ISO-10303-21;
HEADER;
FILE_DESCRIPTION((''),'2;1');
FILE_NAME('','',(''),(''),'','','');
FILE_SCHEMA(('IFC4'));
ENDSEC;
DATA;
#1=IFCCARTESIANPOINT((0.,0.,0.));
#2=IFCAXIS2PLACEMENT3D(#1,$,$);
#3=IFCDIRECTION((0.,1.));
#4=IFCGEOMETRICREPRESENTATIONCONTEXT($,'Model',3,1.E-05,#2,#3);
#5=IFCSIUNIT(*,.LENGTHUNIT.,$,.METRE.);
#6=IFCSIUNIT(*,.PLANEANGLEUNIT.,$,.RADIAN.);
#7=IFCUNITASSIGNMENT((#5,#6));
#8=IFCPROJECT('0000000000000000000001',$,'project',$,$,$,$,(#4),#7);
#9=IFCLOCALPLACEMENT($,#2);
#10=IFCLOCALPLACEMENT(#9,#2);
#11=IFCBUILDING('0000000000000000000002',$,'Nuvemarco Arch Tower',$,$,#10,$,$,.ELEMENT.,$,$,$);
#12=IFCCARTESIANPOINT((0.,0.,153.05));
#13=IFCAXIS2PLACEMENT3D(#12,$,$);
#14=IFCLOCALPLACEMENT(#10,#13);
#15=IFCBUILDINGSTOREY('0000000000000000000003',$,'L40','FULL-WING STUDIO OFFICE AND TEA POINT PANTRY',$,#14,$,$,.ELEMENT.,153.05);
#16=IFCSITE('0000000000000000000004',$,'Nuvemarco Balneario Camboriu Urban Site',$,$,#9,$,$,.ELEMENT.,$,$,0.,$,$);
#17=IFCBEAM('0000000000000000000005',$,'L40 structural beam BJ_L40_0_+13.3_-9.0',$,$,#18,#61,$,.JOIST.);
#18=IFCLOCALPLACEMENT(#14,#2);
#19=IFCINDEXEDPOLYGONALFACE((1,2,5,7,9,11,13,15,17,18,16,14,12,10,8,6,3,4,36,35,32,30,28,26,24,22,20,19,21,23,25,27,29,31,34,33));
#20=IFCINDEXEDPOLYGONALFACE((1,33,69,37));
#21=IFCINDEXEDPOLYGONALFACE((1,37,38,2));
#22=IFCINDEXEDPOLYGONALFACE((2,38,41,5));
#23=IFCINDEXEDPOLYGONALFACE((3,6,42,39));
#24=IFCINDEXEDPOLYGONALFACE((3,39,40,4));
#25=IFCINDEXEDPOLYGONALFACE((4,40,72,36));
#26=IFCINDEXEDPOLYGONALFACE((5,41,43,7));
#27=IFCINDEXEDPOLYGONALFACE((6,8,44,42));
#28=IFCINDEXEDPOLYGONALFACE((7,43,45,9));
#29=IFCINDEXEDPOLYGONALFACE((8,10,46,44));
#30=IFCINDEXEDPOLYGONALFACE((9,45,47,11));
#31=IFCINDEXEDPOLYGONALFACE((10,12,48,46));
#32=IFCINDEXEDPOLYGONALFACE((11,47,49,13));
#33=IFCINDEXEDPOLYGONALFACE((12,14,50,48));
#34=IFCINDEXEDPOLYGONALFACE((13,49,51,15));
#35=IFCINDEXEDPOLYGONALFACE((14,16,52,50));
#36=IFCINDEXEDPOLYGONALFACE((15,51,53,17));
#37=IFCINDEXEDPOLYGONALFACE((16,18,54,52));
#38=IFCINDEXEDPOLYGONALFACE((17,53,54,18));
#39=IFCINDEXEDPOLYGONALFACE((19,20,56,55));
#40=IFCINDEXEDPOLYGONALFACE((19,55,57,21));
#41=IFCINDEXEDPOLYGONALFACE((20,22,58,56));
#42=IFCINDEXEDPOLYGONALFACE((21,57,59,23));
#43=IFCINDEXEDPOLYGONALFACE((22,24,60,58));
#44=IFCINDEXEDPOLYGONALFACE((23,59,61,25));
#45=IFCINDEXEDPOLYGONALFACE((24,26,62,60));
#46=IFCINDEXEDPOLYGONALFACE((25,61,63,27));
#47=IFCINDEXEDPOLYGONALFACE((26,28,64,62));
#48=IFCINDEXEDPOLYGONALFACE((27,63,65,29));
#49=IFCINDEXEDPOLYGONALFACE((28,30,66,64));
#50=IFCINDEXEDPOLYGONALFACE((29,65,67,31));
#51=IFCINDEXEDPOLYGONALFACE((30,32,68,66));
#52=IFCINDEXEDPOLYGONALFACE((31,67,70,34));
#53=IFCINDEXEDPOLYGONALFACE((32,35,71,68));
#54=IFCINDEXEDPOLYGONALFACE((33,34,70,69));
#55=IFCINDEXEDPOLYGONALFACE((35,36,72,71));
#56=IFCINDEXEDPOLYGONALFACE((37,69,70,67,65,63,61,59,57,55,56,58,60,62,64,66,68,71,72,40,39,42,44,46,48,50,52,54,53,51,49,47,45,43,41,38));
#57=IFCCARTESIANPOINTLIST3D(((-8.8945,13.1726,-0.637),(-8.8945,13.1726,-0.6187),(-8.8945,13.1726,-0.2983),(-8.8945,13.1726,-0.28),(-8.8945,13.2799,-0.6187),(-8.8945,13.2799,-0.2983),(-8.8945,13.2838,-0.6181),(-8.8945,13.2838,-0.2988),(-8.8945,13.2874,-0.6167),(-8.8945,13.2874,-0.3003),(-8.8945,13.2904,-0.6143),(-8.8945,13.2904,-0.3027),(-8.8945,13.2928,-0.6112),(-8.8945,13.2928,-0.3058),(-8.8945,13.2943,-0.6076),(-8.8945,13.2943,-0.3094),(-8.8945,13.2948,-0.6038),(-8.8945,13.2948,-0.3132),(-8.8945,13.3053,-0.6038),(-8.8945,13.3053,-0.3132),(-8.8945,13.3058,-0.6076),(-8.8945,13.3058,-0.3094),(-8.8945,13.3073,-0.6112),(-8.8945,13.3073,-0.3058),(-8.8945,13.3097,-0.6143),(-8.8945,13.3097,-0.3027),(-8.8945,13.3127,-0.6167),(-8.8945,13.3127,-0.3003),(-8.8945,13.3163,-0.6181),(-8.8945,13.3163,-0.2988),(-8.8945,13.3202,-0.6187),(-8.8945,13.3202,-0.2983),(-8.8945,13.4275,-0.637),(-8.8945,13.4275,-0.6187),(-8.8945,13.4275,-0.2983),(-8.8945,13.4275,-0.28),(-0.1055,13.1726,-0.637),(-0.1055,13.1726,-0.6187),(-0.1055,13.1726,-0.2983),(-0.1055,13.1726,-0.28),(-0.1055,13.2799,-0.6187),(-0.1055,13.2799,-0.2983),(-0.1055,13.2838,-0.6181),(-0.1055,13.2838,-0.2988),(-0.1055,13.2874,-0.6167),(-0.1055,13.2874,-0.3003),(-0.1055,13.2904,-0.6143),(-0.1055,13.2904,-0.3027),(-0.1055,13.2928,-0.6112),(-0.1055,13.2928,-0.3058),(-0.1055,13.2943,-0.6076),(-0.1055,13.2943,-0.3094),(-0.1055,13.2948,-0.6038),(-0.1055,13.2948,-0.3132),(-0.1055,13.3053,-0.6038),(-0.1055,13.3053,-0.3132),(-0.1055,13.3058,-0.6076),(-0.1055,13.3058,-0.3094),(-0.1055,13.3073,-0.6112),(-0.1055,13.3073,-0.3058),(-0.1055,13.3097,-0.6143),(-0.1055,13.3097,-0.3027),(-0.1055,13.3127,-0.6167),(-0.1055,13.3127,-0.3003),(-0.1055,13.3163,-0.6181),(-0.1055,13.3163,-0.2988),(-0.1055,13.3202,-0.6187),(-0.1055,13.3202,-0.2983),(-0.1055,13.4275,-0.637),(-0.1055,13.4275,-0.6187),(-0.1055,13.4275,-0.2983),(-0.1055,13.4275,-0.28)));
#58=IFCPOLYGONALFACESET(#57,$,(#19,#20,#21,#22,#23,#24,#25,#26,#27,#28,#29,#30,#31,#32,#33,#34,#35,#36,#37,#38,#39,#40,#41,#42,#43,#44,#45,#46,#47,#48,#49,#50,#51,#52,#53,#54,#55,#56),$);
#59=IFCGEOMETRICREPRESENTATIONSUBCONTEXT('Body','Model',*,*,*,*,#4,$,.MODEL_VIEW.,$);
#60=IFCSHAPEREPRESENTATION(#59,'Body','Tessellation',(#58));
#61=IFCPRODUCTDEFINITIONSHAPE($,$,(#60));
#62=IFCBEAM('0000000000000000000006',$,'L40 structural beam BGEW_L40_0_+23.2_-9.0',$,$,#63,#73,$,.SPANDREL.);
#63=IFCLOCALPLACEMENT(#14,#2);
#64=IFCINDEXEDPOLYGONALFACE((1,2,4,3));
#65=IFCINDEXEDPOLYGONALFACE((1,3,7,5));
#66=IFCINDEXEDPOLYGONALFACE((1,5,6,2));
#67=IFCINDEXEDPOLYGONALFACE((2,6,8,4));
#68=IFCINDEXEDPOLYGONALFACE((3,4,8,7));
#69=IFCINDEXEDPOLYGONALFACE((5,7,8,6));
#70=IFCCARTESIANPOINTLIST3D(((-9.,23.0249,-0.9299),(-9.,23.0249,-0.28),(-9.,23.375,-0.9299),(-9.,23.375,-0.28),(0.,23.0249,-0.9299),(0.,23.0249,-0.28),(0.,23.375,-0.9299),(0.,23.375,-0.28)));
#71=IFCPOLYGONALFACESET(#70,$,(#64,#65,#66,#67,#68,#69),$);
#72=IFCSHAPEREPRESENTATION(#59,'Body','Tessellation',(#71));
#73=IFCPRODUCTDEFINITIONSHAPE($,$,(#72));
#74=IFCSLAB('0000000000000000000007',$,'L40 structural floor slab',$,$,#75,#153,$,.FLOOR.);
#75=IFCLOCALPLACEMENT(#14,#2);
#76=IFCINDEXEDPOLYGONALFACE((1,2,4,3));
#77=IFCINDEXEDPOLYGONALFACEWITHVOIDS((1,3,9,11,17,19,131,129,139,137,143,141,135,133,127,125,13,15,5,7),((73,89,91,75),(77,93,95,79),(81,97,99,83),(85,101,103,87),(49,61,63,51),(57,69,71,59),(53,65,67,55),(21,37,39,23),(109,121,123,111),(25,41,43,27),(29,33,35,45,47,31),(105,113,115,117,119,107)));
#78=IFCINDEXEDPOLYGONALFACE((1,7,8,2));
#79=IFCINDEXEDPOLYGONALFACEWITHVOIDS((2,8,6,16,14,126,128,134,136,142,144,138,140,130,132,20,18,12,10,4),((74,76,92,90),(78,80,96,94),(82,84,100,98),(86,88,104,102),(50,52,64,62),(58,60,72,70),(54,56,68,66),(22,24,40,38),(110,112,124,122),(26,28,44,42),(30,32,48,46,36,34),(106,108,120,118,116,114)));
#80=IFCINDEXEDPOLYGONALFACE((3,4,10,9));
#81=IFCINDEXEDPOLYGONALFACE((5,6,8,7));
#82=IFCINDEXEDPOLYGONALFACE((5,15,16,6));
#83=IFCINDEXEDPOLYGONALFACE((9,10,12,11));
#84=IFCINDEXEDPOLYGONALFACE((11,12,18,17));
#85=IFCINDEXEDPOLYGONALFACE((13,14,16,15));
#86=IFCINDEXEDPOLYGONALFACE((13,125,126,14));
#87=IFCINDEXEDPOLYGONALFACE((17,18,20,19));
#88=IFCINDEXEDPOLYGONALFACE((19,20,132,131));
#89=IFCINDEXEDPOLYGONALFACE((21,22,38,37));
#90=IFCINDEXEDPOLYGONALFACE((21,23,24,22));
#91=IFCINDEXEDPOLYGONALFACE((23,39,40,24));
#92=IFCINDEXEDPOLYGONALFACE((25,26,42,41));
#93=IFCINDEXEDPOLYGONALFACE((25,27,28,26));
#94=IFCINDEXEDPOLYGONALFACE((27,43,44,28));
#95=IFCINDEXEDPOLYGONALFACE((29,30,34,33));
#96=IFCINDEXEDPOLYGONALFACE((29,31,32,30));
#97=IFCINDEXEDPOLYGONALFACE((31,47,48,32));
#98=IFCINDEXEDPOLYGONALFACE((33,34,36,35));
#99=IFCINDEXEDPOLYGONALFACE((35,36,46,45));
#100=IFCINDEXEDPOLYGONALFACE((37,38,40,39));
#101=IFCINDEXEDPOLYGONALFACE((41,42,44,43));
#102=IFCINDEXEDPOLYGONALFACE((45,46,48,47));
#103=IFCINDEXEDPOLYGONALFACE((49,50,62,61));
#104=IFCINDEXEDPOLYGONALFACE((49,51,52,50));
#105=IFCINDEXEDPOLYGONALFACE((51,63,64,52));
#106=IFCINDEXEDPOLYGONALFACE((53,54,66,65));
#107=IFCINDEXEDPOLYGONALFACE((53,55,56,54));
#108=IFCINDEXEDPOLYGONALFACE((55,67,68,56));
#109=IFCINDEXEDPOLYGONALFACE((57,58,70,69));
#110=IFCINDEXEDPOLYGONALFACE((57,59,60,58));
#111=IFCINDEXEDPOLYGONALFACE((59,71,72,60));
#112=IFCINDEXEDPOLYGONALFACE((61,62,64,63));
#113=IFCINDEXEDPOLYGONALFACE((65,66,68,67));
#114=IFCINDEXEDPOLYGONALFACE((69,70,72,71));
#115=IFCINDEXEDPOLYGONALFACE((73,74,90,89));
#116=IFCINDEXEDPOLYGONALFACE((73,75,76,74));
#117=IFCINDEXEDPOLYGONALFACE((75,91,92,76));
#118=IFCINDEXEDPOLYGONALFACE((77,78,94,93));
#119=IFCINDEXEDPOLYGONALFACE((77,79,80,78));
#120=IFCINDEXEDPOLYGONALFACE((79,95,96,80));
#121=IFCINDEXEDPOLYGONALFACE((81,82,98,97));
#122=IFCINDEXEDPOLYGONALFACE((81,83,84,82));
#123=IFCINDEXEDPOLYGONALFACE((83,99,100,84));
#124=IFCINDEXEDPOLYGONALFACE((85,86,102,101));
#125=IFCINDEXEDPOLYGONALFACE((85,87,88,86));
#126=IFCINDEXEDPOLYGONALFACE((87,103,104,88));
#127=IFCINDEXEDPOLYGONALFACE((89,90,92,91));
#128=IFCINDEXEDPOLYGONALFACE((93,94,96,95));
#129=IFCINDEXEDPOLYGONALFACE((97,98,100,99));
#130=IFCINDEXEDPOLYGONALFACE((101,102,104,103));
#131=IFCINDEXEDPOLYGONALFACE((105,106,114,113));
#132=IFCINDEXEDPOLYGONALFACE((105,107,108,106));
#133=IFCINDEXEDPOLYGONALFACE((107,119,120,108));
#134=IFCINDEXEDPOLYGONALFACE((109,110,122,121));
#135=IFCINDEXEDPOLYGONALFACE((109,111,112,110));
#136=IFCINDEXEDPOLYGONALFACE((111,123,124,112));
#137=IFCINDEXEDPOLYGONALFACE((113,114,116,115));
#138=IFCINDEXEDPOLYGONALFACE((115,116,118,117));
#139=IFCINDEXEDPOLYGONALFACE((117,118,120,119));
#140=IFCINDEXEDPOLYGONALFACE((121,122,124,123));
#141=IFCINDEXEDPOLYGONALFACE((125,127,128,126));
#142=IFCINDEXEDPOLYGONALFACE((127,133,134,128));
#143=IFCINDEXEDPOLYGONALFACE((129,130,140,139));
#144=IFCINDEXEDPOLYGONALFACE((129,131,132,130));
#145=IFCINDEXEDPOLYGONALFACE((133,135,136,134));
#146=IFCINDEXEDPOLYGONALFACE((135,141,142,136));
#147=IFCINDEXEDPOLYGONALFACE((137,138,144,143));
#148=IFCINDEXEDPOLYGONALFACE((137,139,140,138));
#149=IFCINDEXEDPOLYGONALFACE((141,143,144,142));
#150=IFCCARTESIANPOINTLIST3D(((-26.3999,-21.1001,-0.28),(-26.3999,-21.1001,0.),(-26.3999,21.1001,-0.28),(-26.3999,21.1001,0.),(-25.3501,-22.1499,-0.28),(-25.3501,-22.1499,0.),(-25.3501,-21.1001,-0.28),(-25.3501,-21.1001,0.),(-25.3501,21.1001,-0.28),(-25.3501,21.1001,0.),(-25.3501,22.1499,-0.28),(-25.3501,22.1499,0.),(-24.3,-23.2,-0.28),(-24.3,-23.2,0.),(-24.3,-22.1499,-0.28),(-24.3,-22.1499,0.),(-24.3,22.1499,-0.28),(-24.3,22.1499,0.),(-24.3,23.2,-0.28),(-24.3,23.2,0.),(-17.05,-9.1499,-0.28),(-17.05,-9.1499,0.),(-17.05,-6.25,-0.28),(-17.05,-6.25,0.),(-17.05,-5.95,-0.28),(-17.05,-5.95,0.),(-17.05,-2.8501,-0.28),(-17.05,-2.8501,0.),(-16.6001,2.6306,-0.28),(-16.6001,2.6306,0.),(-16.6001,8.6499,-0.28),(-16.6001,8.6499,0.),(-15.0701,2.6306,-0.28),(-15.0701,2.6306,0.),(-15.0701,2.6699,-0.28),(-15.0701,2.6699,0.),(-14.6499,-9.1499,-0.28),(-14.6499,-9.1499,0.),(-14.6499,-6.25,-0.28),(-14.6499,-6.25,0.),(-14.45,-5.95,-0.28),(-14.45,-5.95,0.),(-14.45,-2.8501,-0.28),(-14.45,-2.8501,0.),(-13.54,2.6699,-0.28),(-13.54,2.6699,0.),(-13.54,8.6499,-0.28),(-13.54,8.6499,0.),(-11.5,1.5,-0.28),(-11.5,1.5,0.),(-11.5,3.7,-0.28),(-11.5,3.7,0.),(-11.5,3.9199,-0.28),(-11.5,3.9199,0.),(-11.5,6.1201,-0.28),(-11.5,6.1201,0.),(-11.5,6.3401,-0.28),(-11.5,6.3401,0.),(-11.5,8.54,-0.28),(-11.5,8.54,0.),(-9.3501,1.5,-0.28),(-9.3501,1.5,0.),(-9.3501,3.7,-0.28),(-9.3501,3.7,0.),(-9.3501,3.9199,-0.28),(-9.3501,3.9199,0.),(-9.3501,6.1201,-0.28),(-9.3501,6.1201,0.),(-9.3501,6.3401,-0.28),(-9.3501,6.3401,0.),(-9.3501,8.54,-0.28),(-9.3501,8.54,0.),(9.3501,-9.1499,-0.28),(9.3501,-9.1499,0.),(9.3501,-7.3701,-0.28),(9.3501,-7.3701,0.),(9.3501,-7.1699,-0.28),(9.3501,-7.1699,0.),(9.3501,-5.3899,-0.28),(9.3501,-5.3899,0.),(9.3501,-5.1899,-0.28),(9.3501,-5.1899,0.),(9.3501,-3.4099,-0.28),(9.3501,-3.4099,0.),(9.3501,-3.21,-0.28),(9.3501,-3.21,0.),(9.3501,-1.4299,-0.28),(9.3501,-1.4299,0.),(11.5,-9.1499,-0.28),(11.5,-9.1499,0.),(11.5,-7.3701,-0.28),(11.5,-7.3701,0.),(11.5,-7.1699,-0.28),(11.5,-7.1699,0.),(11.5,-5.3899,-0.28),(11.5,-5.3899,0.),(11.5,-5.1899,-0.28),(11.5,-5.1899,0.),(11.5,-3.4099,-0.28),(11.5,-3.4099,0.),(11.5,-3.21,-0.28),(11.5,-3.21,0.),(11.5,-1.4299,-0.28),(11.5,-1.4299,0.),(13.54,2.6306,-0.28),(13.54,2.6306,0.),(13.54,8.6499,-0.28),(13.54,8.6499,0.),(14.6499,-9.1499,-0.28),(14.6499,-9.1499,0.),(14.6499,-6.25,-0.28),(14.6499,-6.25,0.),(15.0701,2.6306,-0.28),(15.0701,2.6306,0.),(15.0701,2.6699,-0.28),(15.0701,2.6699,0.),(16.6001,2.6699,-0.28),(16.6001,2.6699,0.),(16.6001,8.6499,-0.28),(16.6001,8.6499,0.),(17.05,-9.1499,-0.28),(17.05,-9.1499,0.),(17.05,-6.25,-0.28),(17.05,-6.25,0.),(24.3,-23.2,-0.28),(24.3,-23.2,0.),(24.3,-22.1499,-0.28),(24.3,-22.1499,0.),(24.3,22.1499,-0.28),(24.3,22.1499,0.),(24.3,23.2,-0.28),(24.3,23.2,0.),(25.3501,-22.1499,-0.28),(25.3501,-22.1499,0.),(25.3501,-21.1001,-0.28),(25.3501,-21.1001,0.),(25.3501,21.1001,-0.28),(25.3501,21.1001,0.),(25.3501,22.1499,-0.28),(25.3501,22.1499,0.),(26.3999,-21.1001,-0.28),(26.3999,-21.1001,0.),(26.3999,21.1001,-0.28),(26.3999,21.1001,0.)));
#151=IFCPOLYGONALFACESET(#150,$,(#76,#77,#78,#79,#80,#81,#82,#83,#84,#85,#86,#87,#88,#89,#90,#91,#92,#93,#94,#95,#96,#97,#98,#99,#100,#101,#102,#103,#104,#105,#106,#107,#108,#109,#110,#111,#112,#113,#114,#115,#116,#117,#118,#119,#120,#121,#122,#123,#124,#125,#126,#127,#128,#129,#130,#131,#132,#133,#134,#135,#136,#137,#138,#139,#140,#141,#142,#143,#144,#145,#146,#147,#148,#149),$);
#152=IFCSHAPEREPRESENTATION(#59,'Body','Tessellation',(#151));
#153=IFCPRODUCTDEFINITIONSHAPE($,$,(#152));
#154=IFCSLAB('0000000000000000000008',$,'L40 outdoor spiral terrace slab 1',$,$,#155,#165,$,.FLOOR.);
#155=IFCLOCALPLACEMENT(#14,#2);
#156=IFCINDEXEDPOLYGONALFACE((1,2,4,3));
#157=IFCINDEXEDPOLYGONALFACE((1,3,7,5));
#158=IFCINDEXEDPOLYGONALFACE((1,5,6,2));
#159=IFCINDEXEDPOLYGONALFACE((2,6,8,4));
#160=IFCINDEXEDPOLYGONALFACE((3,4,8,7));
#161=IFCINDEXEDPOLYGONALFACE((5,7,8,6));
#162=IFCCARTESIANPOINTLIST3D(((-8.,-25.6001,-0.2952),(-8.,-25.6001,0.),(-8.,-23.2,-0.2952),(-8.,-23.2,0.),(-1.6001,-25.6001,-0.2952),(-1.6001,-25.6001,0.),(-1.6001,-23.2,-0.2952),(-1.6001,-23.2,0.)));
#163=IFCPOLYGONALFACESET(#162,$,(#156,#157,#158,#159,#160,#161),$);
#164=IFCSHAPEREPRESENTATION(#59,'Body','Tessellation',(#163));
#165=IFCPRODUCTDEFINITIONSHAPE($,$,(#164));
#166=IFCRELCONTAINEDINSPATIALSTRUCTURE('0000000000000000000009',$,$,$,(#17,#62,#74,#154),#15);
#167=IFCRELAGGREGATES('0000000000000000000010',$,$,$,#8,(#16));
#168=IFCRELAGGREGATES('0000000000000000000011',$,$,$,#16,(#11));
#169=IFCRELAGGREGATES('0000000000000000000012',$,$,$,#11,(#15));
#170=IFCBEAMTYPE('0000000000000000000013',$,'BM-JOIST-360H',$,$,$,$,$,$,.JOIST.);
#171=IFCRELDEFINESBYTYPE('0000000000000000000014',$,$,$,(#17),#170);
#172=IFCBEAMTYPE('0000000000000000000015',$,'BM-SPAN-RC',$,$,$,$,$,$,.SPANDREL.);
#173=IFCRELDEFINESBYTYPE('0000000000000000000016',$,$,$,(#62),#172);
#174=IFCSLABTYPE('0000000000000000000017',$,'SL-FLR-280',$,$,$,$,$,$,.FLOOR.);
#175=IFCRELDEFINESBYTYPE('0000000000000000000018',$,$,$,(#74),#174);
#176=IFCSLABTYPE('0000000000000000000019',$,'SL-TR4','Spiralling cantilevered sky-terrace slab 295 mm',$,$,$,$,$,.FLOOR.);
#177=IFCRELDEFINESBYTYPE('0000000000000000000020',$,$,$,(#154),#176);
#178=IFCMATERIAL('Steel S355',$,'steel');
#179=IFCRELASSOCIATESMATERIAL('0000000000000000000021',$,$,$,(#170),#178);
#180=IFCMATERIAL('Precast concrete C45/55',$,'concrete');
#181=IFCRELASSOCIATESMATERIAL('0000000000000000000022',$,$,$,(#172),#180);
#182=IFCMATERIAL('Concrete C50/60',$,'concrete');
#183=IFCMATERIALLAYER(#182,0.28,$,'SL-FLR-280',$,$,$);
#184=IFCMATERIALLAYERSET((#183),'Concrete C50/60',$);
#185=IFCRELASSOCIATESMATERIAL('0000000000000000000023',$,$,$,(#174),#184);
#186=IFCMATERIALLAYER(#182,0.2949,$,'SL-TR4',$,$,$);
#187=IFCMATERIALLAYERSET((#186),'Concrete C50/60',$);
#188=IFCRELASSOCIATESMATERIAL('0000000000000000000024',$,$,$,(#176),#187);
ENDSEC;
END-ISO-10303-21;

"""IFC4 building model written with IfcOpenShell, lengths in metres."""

from ifc_helpers import new_model, si_unit, direction, frame, origin, origin_2d, place, context, subcontext, project, spatial, polyline, rectangle, i_section, outline, extrude, material, layer, layer_set, material_profile, profile_set, type_object, element, save


model = new_model("IFC4")

# Units and contexts
model_context = context("Model", 3, precision=1e-05, world=origin(), true_north=direction((0.0, 1.0)))
body_context = subcontext(model_context, "Body", "Model", "MODEL_VIEW")
ifc_project = project(units=[si_unit("LENGTHUNIT", "METRE"), si_unit("PLANEANGLEUNIT", "RADIAN")], contexts=[model_context])

# Site, building, storey
site_placement = place(None, origin())
site = spatial("IfcSite", under=ifc_project, at=site_placement, Name="Nuvemarco Balneario Camboriu Urban Site", CompositionType="ELEMENT", RefElevation=0.0)
building_placement = place(site_placement, origin())
building = spatial("IfcBuilding", under=site, at=building_placement, Name="Nuvemarco Arch Tower", CompositionType="ELEMENT")
storey_placement = place(building_placement, frame((0.0, 0.0, 153.05)))
storey = spatial("IfcBuildingStorey", under=building, at=storey_placement, Name="L40", Description="FULL-WING STUDIO OFFICE AND TEA POINT PANTRY", CompositionType="ELEMENT", Elevation=153.05)

# Shared definitions
ifc_material_1 = material(Name="Concrete C50/60", Category="concrete")
ifc_material_2 = material(Name="Steel S355", Category="steel")

# Beams
ifc_material_profile_1 = material_profile(ifc_material_2, i_section(OverallWidth=0.2549, OverallDepth=0.3569, WebThickness=0.0105, FlangeThickness=0.0183, FilletRadius=0.0149, at=origin_2d()), Name="W360x101")
ifc_profile_set_1 = profile_set([ifc_material_profile_1], Name="Steel S355")
beam_type_1 = type_object("IfcBeamType", Name="BM-JOIST-360H", PredefinedType="JOIST", material=ifc_profile_set_1)
beam_1_placement = place(storey_placement, frame((-8.8945, 13.3, -0.4585), z_axis=(1.0, 0.0, 0.0), x_axis=(0.0, 1.0, 0.0)))
element("IfcBeam", 1, at=beam_1_placement, inside=storey, type_object=beam_type_1, Name="L40 structural beam BJ_L40_0_+13.3_-9.0", PredefinedType="JOIST", context=body_context, shape_type="SweptSolid", body=[
    extrude(i_section(OverallWidth=0.2549, OverallDepth=0.3569, WebThickness=0.0105, FlangeThickness=0.0183, FilletRadius=0.0149, at=origin_2d()), origin(), (0.0, 0.0, 1.0), 8.7891),
])
ifc_material_3 = material(Name="Precast concrete C45/55", Category="concrete")
ifc_material_profile_2 = material_profile(ifc_material_3, rectangle(XDim=0.3501, YDim=0.6499, at=origin_2d()), Name="PC-SP-350x650")
ifc_profile_set_2 = profile_set([ifc_material_profile_2], Name="Precast concrete C45/55")
beam_type_2 = type_object("IfcBeamType", Name="BM-SPAN-RC", PredefinedType="SPANDREL", material=ifc_profile_set_2)
beam_2_placement = place(storey_placement, frame((-9.0, 23.2, -0.605), z_axis=(1.0, 0.0, 0.0), x_axis=(0.0, 1.0, 0.0)))
element("IfcBeam", 2, at=beam_2_placement, inside=storey, type_object=beam_type_2, Name="L40 structural beam BGEW_L40_0_+23.2_-9.0", PredefinedType="SPANDREL", context=body_context, shape_type="SweptSolid", body=[
    extrude(rectangle(XDim=0.3501, YDim=0.6499, at=origin_2d()), origin(), (0.0, 0.0, 1.0), 9.0),
])

# Slabs
ifc_layer_1 = layer(ifc_material_1, 0.28, Name="SL-FLR-280")
ifc_layer_set_1 = layer_set([ifc_layer_1], Name="Concrete C50/60")
slab_type_1 = type_object("IfcSlabType", Name="SL-FLR-280", PredefinedType="FLOOR", material=ifc_layer_set_1)
slab_1_placement = place(storey_placement, frame((0.0, 0.0, -0.28)))
element("IfcSlab", 3, at=slab_1_placement, inside=storey, type_object=slab_type_1, Name="L40 structural floor slab", PredefinedType="FLOOR", context=body_context, shape_type="SweptSolid", body=[
    extrude(outline(polyline([(-24.3, -23.2), (24.3, -23.2), (24.3, -22.1499), (25.3501, -22.1499), (25.3501, -21.1001), (26.3999, -21.1001), (26.3999, 21.1001), (25.3501, 21.1001), (25.3501, 22.1499), (24.3, 22.1499), (24.3, 23.2), (-24.3, 23.2), (-24.3, 22.1499), (-25.3501, 22.1499), (-25.3501, 21.1001), (-26.3999, 21.1001), (-26.3999, -21.1001), (-25.3501, -21.1001), (-25.3501, -22.1499), (-24.3, -22.1499), (-24.3, -23.2)]), holes=[polyline([(-13.54, 2.6699), (-13.54, 8.6499), (-16.6001, 8.6499), (-16.6001, 2.6306), (-15.0701, 2.6306), (-15.0701, 2.6699), (-13.54, 2.6699)]), polyline([(16.6001, 2.6699), (16.6001, 8.6499), (13.54, 8.6499), (13.54, 2.6306), (15.0701, 2.6306), (15.0701, 2.6699), (16.6001, 2.6699)]), polyline([(-17.05, -9.1499), (-14.6499, -9.1499), (-14.6499, -6.25), (-17.05, -6.25), (-17.05, -9.1499)]), polyline([(-17.05, -5.95), (-14.45, -5.95), (-14.45, -2.8501), (-17.05, -2.8501), (-17.05, -5.95)]), polyline([(-11.5, 1.5), (-9.3501, 1.5), (-9.3501, 3.7), (-11.5, 3.7), (-11.5, 1.5)]), polyline([(-11.5, 3.9199), (-9.3501, 3.9199), (-9.3501, 6.1201), (-11.5, 6.1201), (-11.5, 3.9199)]), polyline([(-11.5, 6.3401), (-9.3501, 6.3401), (-9.3501, 8.54), (-11.5, 8.54), (-11.5, 6.3401)]), polyline([(14.6499, -9.1499), (17.05, -9.1499), (17.05, -6.25), (14.6499, -6.25), (14.6499, -9.1499)]), polyline([(9.3501, -9.1499), (11.5, -9.1499), (11.5, -7.3701), (9.3501, -7.3701), (9.3501, -9.1499)]), polyline([(9.3501, -7.1699), (11.5, -7.1699), (11.5, -5.3899), (9.3501, -5.3899), (9.3501, -7.1699)]), polyline([(9.3501, -5.1899), (11.5, -5.1899), (11.5, -3.4099), (9.3501, -3.4099), (9.3501, -5.1899)]), polyline([(9.3501, -3.21), (11.5, -3.21), (11.5, -1.4299), (9.3501, -1.4299), (9.3501, -3.21)])]), origin(), (0.0, 0.0, 1.0), 0.28),
])
ifc_layer_2 = layer(ifc_material_1, 0.2949, Name="SL-TR4")
ifc_layer_set_2 = layer_set([ifc_layer_2], Name="Concrete C50/60")
slab_type_2 = type_object("IfcSlabType", Name="SL-TR4", Description="Spiralling cantilevered sky-terrace slab 295 mm", PredefinedType="FLOOR", material=ifc_layer_set_2)
slab_2_placement = place(storey_placement, frame((0.0, 0.0, -0.2952)))
element("IfcSlab", 4, at=slab_2_placement, inside=storey, type_object=slab_type_2, Name="L40 outdoor spiral terrace slab 1", PredefinedType="FLOOR", context=body_context, shape_type="SweptSolid", body=[
    extrude(outline(polyline([(-8.0, -25.6001), (-1.6001, -25.6001), (-1.6001, -23.2), (-8.0, -23.2), (-8.0, -25.6001)])), origin(), (0.0, 0.0, 1.0), 0.2952),
])

save(model, "model.ifc")
